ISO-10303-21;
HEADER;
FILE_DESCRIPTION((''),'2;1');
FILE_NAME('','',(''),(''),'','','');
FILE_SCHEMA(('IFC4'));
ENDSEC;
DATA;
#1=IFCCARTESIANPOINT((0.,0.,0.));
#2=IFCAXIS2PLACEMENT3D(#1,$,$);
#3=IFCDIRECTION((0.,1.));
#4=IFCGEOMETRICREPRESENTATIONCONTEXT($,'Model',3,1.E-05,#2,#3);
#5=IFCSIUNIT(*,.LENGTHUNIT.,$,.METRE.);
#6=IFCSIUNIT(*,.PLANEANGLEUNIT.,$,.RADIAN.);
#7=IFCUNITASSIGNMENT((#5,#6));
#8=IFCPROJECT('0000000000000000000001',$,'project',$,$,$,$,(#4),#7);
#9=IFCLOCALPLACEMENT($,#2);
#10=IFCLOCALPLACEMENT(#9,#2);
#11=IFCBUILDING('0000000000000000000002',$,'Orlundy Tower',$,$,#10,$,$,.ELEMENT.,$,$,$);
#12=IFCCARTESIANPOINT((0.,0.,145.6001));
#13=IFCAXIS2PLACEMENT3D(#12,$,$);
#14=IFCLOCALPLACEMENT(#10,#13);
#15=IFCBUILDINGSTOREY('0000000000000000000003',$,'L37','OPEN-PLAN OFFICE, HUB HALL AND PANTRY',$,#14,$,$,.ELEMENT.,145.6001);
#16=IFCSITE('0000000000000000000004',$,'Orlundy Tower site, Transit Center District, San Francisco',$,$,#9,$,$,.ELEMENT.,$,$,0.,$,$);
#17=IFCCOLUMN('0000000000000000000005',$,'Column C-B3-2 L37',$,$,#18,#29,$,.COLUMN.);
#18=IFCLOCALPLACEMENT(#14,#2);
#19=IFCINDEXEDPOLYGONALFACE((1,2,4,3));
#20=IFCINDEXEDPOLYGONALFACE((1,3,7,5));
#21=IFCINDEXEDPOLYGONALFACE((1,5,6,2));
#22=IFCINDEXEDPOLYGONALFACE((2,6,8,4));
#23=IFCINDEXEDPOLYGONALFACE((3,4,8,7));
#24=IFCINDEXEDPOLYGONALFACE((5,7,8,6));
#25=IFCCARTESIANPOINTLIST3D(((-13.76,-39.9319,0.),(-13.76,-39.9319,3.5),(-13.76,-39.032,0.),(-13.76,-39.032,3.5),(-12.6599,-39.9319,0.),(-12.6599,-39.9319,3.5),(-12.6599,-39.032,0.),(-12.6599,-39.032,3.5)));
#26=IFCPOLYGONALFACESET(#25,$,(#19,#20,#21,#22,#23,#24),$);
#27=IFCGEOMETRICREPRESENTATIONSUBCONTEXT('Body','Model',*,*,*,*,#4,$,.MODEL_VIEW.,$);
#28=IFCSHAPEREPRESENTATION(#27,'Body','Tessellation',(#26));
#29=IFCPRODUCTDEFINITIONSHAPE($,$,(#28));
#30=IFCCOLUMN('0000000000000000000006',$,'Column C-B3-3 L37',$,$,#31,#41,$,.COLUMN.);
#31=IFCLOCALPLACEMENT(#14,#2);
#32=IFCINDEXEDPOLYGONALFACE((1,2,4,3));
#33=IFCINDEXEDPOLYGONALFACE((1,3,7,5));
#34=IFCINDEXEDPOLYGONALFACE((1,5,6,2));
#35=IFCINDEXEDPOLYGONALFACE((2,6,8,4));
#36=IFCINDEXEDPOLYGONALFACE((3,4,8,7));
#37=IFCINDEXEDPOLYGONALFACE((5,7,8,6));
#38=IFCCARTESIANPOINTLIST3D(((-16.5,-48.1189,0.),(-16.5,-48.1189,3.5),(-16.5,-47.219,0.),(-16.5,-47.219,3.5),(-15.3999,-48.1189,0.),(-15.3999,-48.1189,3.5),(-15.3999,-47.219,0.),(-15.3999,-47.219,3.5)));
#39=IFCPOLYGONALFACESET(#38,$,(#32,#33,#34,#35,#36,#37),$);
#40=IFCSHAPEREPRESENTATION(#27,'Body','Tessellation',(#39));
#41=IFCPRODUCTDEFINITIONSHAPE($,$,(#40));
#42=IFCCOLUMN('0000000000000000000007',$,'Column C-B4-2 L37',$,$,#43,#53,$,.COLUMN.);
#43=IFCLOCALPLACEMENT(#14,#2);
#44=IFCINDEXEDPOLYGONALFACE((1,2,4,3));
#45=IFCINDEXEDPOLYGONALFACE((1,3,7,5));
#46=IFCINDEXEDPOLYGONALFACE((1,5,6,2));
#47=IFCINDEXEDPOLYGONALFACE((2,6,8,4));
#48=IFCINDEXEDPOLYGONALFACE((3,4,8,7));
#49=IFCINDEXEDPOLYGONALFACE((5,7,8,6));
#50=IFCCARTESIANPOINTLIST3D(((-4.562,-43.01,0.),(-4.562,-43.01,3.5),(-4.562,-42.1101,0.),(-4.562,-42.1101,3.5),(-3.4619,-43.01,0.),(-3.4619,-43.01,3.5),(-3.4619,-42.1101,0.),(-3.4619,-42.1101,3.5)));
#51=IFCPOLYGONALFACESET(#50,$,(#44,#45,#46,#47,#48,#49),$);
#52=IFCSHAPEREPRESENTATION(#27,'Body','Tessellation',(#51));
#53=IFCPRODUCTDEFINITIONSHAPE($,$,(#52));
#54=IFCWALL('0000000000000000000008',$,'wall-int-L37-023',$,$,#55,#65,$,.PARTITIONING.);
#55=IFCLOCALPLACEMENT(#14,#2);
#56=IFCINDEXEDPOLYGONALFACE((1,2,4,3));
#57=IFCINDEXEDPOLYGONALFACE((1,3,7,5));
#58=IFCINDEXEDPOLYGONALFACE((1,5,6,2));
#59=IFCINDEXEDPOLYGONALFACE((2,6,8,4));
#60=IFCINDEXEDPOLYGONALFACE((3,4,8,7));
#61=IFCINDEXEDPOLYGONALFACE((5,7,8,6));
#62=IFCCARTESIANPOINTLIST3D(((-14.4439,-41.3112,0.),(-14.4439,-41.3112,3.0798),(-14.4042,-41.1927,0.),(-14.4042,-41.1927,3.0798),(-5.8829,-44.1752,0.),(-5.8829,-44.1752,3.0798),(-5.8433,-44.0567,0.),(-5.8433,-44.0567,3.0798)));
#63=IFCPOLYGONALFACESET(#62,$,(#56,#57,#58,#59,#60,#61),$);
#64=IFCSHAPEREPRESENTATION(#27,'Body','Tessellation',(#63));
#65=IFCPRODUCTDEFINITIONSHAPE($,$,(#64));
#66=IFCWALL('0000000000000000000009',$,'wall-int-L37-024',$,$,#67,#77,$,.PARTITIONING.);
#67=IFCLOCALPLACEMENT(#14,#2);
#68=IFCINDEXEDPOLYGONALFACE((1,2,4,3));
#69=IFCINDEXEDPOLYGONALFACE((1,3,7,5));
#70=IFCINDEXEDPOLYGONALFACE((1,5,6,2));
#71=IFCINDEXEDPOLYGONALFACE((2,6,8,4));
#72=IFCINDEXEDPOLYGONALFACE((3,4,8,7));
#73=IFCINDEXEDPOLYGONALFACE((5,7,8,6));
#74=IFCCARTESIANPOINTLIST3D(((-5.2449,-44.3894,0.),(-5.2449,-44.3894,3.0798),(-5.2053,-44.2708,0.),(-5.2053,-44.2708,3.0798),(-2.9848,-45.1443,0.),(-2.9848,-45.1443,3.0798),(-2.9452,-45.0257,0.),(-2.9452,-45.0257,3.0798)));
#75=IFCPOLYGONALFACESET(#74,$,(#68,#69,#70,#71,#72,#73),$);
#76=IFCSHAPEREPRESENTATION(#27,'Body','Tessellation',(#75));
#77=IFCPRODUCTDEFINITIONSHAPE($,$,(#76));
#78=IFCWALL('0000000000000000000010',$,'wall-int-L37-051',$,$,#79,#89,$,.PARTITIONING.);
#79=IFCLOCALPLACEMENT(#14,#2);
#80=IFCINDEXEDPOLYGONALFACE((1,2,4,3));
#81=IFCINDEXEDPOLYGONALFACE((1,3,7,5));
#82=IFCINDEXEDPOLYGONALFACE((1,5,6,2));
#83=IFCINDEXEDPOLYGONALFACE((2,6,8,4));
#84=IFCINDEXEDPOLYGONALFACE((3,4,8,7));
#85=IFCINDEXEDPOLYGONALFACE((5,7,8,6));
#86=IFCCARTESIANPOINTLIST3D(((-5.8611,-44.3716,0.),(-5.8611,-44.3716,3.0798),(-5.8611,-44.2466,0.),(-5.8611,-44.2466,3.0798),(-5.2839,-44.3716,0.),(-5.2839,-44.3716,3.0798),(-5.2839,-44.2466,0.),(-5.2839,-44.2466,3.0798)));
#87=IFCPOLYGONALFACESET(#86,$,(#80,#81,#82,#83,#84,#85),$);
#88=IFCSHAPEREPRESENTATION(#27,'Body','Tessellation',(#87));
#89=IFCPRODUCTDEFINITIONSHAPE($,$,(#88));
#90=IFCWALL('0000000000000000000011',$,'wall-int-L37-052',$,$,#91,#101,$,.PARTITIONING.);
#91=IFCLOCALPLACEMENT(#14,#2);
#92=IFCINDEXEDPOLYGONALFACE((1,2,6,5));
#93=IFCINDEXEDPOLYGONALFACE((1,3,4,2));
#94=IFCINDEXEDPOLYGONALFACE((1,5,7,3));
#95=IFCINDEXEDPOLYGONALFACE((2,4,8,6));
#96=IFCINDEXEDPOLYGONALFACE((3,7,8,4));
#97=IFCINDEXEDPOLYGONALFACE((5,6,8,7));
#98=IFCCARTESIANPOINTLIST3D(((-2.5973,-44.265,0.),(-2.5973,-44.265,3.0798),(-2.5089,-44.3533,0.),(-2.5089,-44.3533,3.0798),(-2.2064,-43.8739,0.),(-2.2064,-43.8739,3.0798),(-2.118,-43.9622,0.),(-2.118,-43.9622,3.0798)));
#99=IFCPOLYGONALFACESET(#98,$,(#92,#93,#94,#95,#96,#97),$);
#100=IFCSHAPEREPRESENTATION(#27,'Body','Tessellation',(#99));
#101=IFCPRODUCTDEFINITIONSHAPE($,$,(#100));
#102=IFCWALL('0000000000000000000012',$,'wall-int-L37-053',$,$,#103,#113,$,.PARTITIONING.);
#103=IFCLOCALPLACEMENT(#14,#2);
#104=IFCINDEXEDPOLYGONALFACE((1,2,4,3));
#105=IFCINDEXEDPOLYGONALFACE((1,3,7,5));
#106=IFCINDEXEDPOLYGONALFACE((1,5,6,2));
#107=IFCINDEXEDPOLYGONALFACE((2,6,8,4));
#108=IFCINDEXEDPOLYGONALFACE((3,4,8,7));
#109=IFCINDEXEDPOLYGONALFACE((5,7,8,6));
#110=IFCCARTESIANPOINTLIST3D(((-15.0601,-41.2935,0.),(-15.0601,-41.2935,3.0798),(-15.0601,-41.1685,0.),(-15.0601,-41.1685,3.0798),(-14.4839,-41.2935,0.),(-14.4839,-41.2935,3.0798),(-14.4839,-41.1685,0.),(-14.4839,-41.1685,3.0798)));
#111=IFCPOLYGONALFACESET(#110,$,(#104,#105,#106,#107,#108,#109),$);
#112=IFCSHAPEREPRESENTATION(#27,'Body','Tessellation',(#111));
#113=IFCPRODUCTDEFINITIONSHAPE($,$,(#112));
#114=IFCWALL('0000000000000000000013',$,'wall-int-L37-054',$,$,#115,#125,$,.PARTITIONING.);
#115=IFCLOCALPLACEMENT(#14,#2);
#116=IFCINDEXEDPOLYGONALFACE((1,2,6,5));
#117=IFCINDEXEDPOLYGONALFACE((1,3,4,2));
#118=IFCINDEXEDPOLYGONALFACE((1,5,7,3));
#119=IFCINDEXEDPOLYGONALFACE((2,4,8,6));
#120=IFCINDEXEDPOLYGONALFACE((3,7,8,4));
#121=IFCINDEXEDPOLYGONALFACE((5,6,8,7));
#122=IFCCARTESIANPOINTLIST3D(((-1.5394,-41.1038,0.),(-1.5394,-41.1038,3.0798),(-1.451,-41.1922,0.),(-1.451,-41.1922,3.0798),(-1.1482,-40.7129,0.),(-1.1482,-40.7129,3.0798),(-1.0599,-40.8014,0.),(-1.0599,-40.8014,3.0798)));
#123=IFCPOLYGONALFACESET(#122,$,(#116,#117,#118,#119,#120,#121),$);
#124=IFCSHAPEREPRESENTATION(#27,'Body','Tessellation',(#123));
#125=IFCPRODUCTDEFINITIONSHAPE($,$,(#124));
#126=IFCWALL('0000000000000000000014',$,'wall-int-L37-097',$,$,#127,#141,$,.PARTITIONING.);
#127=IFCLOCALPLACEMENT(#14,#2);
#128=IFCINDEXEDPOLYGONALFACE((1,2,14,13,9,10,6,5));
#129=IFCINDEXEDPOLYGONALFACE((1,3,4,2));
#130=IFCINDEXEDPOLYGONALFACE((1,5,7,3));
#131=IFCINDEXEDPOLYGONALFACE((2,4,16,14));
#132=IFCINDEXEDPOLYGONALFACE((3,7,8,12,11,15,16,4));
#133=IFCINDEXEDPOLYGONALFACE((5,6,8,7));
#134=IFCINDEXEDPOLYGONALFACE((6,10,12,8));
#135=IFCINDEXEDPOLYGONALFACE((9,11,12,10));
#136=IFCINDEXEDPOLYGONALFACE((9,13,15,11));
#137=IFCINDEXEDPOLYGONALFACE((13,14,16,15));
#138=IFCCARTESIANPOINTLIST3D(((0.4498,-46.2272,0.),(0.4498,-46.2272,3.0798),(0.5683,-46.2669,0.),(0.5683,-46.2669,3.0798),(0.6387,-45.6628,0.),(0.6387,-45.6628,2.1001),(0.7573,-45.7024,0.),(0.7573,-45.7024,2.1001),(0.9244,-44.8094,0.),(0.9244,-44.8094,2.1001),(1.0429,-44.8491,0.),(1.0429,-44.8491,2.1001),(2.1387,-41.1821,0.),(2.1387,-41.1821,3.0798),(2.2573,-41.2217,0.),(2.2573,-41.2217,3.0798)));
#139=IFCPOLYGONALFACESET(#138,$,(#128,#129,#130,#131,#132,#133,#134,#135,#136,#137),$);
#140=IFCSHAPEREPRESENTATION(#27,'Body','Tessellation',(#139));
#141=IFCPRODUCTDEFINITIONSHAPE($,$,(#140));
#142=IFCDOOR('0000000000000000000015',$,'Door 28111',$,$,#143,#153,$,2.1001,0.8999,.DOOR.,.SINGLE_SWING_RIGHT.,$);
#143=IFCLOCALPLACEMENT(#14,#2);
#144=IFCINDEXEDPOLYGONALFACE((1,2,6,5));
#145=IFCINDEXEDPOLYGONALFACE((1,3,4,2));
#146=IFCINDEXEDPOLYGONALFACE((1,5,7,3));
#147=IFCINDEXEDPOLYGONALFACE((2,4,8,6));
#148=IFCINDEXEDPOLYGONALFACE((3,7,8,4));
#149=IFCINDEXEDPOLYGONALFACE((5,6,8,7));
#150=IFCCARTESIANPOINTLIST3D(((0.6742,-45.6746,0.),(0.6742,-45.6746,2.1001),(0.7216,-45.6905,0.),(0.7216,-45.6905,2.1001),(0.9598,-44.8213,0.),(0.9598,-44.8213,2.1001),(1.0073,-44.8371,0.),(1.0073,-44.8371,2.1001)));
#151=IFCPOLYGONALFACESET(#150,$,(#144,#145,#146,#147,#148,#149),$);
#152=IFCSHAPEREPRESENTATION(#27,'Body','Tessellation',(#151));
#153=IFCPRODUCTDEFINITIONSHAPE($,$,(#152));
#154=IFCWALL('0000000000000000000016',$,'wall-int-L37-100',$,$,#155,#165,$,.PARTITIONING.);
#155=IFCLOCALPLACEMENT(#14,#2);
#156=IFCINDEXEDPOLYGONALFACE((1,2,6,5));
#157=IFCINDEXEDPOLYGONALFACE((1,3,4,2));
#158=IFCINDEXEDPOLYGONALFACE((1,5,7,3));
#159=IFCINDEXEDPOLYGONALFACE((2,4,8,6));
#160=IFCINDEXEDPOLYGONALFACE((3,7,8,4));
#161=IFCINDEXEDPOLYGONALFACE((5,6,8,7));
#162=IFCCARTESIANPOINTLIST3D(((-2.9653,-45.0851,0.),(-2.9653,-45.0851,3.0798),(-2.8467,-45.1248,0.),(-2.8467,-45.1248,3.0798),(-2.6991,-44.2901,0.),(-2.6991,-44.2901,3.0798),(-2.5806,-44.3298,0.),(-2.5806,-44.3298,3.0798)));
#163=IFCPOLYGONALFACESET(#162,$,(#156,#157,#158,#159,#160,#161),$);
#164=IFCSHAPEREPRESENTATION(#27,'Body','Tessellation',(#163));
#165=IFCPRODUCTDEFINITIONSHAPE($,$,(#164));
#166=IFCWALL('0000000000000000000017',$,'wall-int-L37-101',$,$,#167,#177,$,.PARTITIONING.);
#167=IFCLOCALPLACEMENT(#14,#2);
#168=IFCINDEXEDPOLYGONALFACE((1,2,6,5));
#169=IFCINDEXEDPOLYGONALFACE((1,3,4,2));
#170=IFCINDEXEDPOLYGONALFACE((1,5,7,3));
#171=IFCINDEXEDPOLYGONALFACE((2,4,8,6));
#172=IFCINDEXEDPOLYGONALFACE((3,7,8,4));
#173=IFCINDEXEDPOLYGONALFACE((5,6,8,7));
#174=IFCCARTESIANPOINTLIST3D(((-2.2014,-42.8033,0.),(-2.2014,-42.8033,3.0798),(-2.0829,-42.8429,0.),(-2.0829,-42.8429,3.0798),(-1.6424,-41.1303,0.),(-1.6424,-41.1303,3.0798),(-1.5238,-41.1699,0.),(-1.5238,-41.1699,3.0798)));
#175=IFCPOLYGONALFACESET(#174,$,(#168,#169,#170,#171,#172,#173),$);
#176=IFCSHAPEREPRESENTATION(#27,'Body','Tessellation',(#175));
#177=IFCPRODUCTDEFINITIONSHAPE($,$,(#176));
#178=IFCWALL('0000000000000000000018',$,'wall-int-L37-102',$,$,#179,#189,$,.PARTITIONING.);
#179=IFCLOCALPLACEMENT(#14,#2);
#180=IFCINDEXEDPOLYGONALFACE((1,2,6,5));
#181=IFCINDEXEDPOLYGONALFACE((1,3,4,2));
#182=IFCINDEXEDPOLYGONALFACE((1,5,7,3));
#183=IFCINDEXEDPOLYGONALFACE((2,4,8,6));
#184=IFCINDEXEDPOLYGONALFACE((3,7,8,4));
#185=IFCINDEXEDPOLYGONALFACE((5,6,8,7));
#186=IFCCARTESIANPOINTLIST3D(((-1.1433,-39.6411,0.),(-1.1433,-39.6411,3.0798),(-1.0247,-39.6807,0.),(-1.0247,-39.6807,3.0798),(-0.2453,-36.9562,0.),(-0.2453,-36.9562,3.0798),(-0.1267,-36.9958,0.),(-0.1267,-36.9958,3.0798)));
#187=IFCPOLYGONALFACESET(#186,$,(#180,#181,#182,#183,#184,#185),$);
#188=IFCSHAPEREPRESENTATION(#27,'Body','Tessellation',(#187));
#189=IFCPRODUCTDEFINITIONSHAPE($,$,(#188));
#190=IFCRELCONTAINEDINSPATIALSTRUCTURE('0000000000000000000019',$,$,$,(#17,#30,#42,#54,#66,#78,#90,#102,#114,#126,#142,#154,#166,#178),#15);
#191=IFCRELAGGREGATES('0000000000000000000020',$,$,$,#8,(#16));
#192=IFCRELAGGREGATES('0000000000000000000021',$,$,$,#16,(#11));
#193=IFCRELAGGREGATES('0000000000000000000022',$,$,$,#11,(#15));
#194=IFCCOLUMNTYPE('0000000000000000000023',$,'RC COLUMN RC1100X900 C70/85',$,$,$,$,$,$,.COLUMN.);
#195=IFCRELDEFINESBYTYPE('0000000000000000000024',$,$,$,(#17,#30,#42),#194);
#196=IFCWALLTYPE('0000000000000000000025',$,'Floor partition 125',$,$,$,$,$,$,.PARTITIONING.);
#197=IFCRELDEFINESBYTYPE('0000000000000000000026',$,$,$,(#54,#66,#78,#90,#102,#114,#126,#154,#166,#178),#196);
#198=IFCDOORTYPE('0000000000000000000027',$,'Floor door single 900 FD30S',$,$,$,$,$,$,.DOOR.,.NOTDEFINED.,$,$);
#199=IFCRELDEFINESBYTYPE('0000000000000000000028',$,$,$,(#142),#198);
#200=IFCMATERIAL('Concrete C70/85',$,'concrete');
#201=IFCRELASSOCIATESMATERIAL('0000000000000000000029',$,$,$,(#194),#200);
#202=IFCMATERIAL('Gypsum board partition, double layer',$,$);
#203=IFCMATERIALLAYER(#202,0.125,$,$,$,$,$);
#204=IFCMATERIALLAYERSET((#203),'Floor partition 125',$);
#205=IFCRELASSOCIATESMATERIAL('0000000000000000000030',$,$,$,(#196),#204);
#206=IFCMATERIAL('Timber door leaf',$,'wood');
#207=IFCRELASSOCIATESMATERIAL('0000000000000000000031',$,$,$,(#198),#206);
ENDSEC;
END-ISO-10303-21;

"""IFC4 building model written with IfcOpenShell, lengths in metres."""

from ifc_helpers import new_model, si_unit, direction, frame, frame_2d, origin, origin_2d, place, context, subcontext, project, spatial, rectangle, extrude, material, layer, layer_set, material_profile, profile_set, type_object, element, fill, save


model = new_model("IFC4")

# Units and contexts
model_context = context("Model", 3, precision=1e-05, world=origin(), true_north=direction((0.0, 1.0)))
body_context = subcontext(model_context, "Body", "Model", "MODEL_VIEW")
ifc_project = project(units=[si_unit("LENGTHUNIT", "METRE"), si_unit("PLANEANGLEUNIT", "RADIAN")], contexts=[model_context])

# Site, building, storey
site_placement = place(None, origin())
site = spatial("IfcSite", under=ifc_project, at=site_placement, Name="Orlundy Tower site, Transit Center District, San Francisco", CompositionType="ELEMENT", RefElevation=0.0)
building_placement = place(site_placement, origin())
building = spatial("IfcBuilding", under=site, at=building_placement, Name="Orlundy Tower", CompositionType="ELEMENT")
storey_placement = place(building_placement, frame((0.0, 0.0, 145.6001)))
storey = spatial("IfcBuildingStorey", under=building, at=storey_placement, Name="L37", Description="OPEN-PLAN OFFICE, HUB HALL AND PANTRY", CompositionType="ELEMENT", Elevation=145.6001)

# Columns
ifc_material_1 = material(Name="Concrete C70/85", Category="concrete")
ifc_material_profile = material_profile(ifc_material_1, rectangle(XDim=1.1001, YDim=0.8999, at=origin_2d()), Name="RC1100X900")
ifc_profile_set = profile_set([ifc_material_profile], Name="Concrete C70/85")
column_type = type_object("IfcColumnType", Name="RC COLUMN RC1100X900 C70/85", PredefinedType="COLUMN", material=ifc_profile_set)
for number, where, z_axis, x_axis, name in (
    (1, (-13.21, -39.4819, 0.0), (0.0, 0.0, 1.0), (1.0, 0.0, 0.0), "Column C-B3-2 L37"),
    (2, (-15.95, -47.6689, 0.0), (0.0, 0.0, 1.0), (1.0, 0.0, 0.0), "Column C-B3-3 L37"),
    (3, (-4.012, -42.5601, 0.0), (0.0, 0.0, 1.0), (1.0, 0.0, 0.0), "Column C-B4-2 L37"),
):
    element("IfcColumn", number, at=place(storey_placement, frame(where, z_axis=z_axis, x_axis=x_axis)), inside=storey, type_object=column_type, Name=name, PredefinedType="COLUMN", context=body_context, shape_type="SweptSolid", body=[
        extrude(rectangle(XDim=1.1001, YDim=0.8999, at=origin_2d()), origin(), (0.0, 0.0, 1.0), 3.5),
    ])

# Walls
ifc_material_2 = material(Name="Gypsum board partition, double layer")
ifc_layer = layer(ifc_material_2, 0.125)
ifc_layer_set = layer_set([ifc_layer], Name="Floor partition 125")
wall_type = type_object("IfcWallType", Name="Floor partition 125", PredefinedType="PARTITIONING", material=ifc_layer_set)
wall_1_placement = place(storey_placement, frame((-14.4241, -41.252, 0.0), z_axis=(0.0, 0.0, 1.0), x_axis=(0.948339, -0.317258, 0.0)))
element("IfcWall", 4, at=wall_1_placement, inside=storey, type_object=wall_type, Name="wall-int-L37-023", PredefinedType="PARTITIONING", context=body_context, shape_type="SweptSolid", body=[
    extrude(rectangle(XDim=9.0273, YDim=0.125, at=frame_2d((4.5137, 0.0))), origin(), (0.0, 0.0, 1.0), 3.0798),
])
wall_2_placement = place(storey_placement, frame((-5.2251, -44.3301, 0.0), z_axis=(0.0, 0.0, 1.0), x_axis=(0.948488, -0.316812, 0.0)))
element("IfcWall", 5, at=wall_2_placement, inside=storey, type_object=wall_type, Name="wall-int-L37-024", PredefinedType="PARTITIONING", context=body_context, shape_type="SweptSolid", body=[
    extrude(rectangle(XDim=2.3828, YDim=0.125, at=frame_2d((1.1914, 0.0))), origin(), (0.0, 0.0, 1.0), 3.0798),
])
wall_3_placement = place(storey_placement, frame((-5.8611, -44.3091, 0.0), z_axis=(0.0, 0.0, 1.0), x_axis=(1.0, 0.0, 0.0)))
element("IfcWall", 6, at=wall_3_placement, inside=storey, type_object=wall_type, Name="wall-int-L37-051", PredefinedType="PARTITIONING", context=body_context, shape_type="SweptSolid", body=[
    extrude(rectangle(XDim=0.5771, YDim=0.125, at=frame_2d((0.2886, 0.0))), origin(), (0.0, 0.0, 1.0), 3.0798),
])
wall_4_placement = place(storey_placement, frame((-2.553, -44.3091, 0.0), z_axis=(0.0, 0.0, 1.0), x_axis=(0.706886, 0.707328, 0.0)))
element("IfcWall", 7, at=wall_4_placement, inside=storey, type_object=wall_type, Name="wall-int-L37-052", PredefinedType="PARTITIONING", context=body_context, shape_type="SweptSolid", body=[
    extrude(rectangle(XDim=0.553, YDim=0.125, at=frame_2d((0.2764, 0.0))), origin(), (0.0, 0.0, 1.0), 3.0798),
])
wall_5_placement = place(storey_placement, frame((-15.0601, -41.231, 0.0), z_axis=(0.0, 0.0, 1.0), x_axis=(1.0, 0.0, 0.0)))
element("IfcWall", 8, at=wall_5_placement, inside=storey, type_object=wall_type, Name="wall-int-L37-053", PredefinedType="PARTITIONING", context=body_context, shape_type="SweptSolid", body=[
    extrude(rectangle(XDim=0.5762, YDim=0.125, at=frame_2d((0.2881, 0.0))), origin(), (0.0, 0.0, 1.0), 3.0798),
])
wall_6_placement = place(storey_placement, frame((-1.4951, -41.1479, 0.0), z_axis=(0.0, 0.0, 1.0), x_axis=(0.707328, 0.706886, 0.0)))
element("IfcWall", 9, at=wall_6_placement, inside=storey, type_object=wall_type, Name="wall-int-L37-054", PredefinedType="PARTITIONING", context=body_context, shape_type="SweptSolid", body=[
    extrude(rectangle(XDim=0.553, YDim=0.125, at=frame_2d((0.2764, 0.0))), origin(), (0.0, 0.0, 1.0), 3.0798),
])

# Wall, opening, door
wall_7_placement = place(storey_placement, frame((2.198, -41.2019, 0.0), z_axis=(0.0, 0.0, 1.0), x_axis=(-0.317453, -0.948274, 0.0)))
wall_7 = element("IfcWall", 10, at=wall_7_placement, inside=storey, type_object=wall_type, Name="wall-int-L37-097", PredefinedType="PARTITIONING", context=body_context, shape_type="SweptSolid", body=[
    extrude(rectangle(XDim=5.3203, YDim=0.125, at=frame_2d((2.6602, 0.0))), origin(), (0.0, 0.0, 1.0), 3.0798),
])
opening_placement = place(wall_7_placement, frame((3.8252, 0.0, 0.0)))
opening = element("IfcOpeningElement", 11, at=opening_placement, cuts=wall_7, PredefinedType="OPENING", context=body_context, shape_type="SweptSolid", body=[
    extrude(rectangle(XDim=0.8999, YDim=2.1001, at=frame_2d((0.45, 1.05))), frame((0.0, 0.0725, 0.0), z_axis=(0.0, -1.0, 0.0), x_axis=(1.0, 0.0, 0.0)), (0.0, 0.0, 1.0), 0.145),
])
ifc_material_3 = material(Name="Timber door leaf", Category="wood")
door_type = type_object("IfcDoorType", Name="Floor door single 900 FD30S", OperationType="NOTDEFINED", PredefinedType="DOOR", material=ifc_material_3)
door_placement = place(opening_placement, origin())
door = element("IfcDoor", 12, at=door_placement, inside=storey, type_object=door_type, Name="Door 28111", OperationType="SINGLE_SWING_RIGHT", OverallHeight=2.1001, OverallWidth=0.8999, PredefinedType="DOOR", context=body_context, shape_type="SweptSolid", body=[
    extrude(rectangle(XDim=0.8999, YDim=2.1001, at=frame_2d((0.45, 1.05))), frame((0.0, 0.0249, 0.0), z_axis=(0.0, -1.0, 0.0), x_axis=(1.0, 0.0, 0.0)), (0.0, 0.0, 1.0), 0.05),
])
fill(opening, door)

# Walls
wall_8_placement = place(storey_placement, frame((-2.906, -45.105, 0.0), z_axis=(0.0, 0.0, 1.0), x_axis=(0.317451, 0.948275, 0.0)))
element("IfcWall", 13, at=wall_8_placement, inside=storey, type_object=wall_type, Name="wall-int-L37-100", PredefinedType="PARTITIONING", context=body_context, shape_type="SweptSolid", body=[
    extrude(rectangle(XDim=0.8384, YDim=0.125, at=frame_2d((0.4192, 0.0))), origin(), (0.0, 0.0, 1.0), 3.0798),
])
wall_9_placement = place(storey_placement, frame((-2.1421, -42.823, 0.0), z_axis=(0.0, 0.0, 1.0), x_axis=(0.316934, 0.948448, 0.0)))
element("IfcWall", 14, at=wall_9_placement, inside=storey, type_object=wall_type, Name="wall-int-L37-101", PredefinedType="PARTITIONING", context=body_context, shape_type="SweptSolid", body=[
    extrude(rectangle(XDim=1.7639, YDim=0.125, at=frame_2d((0.8818, 0.0))), origin(), (0.0, 0.0, 1.0), 3.0798),
])
wall_10_placement = place(storey_placement, frame((-1.084, -39.6609, 0.0), z_axis=(0.0, 0.0, 1.0), x_axis=(0.317185, 0.948364, 0.0)))
element("IfcWall", 15, at=wall_10_placement, inside=storey, type_object=wall_type, Name="wall-int-L37-102", PredefinedType="PARTITIONING", context=body_context, shape_type="SweptSolid", body=[
    extrude(rectangle(XDim=2.8311, YDim=0.125, at=frame_2d((1.4155, 0.0))), origin(), (0.0, 0.0, 1.0), 3.0798),
])

save(model, "model.ifc")
